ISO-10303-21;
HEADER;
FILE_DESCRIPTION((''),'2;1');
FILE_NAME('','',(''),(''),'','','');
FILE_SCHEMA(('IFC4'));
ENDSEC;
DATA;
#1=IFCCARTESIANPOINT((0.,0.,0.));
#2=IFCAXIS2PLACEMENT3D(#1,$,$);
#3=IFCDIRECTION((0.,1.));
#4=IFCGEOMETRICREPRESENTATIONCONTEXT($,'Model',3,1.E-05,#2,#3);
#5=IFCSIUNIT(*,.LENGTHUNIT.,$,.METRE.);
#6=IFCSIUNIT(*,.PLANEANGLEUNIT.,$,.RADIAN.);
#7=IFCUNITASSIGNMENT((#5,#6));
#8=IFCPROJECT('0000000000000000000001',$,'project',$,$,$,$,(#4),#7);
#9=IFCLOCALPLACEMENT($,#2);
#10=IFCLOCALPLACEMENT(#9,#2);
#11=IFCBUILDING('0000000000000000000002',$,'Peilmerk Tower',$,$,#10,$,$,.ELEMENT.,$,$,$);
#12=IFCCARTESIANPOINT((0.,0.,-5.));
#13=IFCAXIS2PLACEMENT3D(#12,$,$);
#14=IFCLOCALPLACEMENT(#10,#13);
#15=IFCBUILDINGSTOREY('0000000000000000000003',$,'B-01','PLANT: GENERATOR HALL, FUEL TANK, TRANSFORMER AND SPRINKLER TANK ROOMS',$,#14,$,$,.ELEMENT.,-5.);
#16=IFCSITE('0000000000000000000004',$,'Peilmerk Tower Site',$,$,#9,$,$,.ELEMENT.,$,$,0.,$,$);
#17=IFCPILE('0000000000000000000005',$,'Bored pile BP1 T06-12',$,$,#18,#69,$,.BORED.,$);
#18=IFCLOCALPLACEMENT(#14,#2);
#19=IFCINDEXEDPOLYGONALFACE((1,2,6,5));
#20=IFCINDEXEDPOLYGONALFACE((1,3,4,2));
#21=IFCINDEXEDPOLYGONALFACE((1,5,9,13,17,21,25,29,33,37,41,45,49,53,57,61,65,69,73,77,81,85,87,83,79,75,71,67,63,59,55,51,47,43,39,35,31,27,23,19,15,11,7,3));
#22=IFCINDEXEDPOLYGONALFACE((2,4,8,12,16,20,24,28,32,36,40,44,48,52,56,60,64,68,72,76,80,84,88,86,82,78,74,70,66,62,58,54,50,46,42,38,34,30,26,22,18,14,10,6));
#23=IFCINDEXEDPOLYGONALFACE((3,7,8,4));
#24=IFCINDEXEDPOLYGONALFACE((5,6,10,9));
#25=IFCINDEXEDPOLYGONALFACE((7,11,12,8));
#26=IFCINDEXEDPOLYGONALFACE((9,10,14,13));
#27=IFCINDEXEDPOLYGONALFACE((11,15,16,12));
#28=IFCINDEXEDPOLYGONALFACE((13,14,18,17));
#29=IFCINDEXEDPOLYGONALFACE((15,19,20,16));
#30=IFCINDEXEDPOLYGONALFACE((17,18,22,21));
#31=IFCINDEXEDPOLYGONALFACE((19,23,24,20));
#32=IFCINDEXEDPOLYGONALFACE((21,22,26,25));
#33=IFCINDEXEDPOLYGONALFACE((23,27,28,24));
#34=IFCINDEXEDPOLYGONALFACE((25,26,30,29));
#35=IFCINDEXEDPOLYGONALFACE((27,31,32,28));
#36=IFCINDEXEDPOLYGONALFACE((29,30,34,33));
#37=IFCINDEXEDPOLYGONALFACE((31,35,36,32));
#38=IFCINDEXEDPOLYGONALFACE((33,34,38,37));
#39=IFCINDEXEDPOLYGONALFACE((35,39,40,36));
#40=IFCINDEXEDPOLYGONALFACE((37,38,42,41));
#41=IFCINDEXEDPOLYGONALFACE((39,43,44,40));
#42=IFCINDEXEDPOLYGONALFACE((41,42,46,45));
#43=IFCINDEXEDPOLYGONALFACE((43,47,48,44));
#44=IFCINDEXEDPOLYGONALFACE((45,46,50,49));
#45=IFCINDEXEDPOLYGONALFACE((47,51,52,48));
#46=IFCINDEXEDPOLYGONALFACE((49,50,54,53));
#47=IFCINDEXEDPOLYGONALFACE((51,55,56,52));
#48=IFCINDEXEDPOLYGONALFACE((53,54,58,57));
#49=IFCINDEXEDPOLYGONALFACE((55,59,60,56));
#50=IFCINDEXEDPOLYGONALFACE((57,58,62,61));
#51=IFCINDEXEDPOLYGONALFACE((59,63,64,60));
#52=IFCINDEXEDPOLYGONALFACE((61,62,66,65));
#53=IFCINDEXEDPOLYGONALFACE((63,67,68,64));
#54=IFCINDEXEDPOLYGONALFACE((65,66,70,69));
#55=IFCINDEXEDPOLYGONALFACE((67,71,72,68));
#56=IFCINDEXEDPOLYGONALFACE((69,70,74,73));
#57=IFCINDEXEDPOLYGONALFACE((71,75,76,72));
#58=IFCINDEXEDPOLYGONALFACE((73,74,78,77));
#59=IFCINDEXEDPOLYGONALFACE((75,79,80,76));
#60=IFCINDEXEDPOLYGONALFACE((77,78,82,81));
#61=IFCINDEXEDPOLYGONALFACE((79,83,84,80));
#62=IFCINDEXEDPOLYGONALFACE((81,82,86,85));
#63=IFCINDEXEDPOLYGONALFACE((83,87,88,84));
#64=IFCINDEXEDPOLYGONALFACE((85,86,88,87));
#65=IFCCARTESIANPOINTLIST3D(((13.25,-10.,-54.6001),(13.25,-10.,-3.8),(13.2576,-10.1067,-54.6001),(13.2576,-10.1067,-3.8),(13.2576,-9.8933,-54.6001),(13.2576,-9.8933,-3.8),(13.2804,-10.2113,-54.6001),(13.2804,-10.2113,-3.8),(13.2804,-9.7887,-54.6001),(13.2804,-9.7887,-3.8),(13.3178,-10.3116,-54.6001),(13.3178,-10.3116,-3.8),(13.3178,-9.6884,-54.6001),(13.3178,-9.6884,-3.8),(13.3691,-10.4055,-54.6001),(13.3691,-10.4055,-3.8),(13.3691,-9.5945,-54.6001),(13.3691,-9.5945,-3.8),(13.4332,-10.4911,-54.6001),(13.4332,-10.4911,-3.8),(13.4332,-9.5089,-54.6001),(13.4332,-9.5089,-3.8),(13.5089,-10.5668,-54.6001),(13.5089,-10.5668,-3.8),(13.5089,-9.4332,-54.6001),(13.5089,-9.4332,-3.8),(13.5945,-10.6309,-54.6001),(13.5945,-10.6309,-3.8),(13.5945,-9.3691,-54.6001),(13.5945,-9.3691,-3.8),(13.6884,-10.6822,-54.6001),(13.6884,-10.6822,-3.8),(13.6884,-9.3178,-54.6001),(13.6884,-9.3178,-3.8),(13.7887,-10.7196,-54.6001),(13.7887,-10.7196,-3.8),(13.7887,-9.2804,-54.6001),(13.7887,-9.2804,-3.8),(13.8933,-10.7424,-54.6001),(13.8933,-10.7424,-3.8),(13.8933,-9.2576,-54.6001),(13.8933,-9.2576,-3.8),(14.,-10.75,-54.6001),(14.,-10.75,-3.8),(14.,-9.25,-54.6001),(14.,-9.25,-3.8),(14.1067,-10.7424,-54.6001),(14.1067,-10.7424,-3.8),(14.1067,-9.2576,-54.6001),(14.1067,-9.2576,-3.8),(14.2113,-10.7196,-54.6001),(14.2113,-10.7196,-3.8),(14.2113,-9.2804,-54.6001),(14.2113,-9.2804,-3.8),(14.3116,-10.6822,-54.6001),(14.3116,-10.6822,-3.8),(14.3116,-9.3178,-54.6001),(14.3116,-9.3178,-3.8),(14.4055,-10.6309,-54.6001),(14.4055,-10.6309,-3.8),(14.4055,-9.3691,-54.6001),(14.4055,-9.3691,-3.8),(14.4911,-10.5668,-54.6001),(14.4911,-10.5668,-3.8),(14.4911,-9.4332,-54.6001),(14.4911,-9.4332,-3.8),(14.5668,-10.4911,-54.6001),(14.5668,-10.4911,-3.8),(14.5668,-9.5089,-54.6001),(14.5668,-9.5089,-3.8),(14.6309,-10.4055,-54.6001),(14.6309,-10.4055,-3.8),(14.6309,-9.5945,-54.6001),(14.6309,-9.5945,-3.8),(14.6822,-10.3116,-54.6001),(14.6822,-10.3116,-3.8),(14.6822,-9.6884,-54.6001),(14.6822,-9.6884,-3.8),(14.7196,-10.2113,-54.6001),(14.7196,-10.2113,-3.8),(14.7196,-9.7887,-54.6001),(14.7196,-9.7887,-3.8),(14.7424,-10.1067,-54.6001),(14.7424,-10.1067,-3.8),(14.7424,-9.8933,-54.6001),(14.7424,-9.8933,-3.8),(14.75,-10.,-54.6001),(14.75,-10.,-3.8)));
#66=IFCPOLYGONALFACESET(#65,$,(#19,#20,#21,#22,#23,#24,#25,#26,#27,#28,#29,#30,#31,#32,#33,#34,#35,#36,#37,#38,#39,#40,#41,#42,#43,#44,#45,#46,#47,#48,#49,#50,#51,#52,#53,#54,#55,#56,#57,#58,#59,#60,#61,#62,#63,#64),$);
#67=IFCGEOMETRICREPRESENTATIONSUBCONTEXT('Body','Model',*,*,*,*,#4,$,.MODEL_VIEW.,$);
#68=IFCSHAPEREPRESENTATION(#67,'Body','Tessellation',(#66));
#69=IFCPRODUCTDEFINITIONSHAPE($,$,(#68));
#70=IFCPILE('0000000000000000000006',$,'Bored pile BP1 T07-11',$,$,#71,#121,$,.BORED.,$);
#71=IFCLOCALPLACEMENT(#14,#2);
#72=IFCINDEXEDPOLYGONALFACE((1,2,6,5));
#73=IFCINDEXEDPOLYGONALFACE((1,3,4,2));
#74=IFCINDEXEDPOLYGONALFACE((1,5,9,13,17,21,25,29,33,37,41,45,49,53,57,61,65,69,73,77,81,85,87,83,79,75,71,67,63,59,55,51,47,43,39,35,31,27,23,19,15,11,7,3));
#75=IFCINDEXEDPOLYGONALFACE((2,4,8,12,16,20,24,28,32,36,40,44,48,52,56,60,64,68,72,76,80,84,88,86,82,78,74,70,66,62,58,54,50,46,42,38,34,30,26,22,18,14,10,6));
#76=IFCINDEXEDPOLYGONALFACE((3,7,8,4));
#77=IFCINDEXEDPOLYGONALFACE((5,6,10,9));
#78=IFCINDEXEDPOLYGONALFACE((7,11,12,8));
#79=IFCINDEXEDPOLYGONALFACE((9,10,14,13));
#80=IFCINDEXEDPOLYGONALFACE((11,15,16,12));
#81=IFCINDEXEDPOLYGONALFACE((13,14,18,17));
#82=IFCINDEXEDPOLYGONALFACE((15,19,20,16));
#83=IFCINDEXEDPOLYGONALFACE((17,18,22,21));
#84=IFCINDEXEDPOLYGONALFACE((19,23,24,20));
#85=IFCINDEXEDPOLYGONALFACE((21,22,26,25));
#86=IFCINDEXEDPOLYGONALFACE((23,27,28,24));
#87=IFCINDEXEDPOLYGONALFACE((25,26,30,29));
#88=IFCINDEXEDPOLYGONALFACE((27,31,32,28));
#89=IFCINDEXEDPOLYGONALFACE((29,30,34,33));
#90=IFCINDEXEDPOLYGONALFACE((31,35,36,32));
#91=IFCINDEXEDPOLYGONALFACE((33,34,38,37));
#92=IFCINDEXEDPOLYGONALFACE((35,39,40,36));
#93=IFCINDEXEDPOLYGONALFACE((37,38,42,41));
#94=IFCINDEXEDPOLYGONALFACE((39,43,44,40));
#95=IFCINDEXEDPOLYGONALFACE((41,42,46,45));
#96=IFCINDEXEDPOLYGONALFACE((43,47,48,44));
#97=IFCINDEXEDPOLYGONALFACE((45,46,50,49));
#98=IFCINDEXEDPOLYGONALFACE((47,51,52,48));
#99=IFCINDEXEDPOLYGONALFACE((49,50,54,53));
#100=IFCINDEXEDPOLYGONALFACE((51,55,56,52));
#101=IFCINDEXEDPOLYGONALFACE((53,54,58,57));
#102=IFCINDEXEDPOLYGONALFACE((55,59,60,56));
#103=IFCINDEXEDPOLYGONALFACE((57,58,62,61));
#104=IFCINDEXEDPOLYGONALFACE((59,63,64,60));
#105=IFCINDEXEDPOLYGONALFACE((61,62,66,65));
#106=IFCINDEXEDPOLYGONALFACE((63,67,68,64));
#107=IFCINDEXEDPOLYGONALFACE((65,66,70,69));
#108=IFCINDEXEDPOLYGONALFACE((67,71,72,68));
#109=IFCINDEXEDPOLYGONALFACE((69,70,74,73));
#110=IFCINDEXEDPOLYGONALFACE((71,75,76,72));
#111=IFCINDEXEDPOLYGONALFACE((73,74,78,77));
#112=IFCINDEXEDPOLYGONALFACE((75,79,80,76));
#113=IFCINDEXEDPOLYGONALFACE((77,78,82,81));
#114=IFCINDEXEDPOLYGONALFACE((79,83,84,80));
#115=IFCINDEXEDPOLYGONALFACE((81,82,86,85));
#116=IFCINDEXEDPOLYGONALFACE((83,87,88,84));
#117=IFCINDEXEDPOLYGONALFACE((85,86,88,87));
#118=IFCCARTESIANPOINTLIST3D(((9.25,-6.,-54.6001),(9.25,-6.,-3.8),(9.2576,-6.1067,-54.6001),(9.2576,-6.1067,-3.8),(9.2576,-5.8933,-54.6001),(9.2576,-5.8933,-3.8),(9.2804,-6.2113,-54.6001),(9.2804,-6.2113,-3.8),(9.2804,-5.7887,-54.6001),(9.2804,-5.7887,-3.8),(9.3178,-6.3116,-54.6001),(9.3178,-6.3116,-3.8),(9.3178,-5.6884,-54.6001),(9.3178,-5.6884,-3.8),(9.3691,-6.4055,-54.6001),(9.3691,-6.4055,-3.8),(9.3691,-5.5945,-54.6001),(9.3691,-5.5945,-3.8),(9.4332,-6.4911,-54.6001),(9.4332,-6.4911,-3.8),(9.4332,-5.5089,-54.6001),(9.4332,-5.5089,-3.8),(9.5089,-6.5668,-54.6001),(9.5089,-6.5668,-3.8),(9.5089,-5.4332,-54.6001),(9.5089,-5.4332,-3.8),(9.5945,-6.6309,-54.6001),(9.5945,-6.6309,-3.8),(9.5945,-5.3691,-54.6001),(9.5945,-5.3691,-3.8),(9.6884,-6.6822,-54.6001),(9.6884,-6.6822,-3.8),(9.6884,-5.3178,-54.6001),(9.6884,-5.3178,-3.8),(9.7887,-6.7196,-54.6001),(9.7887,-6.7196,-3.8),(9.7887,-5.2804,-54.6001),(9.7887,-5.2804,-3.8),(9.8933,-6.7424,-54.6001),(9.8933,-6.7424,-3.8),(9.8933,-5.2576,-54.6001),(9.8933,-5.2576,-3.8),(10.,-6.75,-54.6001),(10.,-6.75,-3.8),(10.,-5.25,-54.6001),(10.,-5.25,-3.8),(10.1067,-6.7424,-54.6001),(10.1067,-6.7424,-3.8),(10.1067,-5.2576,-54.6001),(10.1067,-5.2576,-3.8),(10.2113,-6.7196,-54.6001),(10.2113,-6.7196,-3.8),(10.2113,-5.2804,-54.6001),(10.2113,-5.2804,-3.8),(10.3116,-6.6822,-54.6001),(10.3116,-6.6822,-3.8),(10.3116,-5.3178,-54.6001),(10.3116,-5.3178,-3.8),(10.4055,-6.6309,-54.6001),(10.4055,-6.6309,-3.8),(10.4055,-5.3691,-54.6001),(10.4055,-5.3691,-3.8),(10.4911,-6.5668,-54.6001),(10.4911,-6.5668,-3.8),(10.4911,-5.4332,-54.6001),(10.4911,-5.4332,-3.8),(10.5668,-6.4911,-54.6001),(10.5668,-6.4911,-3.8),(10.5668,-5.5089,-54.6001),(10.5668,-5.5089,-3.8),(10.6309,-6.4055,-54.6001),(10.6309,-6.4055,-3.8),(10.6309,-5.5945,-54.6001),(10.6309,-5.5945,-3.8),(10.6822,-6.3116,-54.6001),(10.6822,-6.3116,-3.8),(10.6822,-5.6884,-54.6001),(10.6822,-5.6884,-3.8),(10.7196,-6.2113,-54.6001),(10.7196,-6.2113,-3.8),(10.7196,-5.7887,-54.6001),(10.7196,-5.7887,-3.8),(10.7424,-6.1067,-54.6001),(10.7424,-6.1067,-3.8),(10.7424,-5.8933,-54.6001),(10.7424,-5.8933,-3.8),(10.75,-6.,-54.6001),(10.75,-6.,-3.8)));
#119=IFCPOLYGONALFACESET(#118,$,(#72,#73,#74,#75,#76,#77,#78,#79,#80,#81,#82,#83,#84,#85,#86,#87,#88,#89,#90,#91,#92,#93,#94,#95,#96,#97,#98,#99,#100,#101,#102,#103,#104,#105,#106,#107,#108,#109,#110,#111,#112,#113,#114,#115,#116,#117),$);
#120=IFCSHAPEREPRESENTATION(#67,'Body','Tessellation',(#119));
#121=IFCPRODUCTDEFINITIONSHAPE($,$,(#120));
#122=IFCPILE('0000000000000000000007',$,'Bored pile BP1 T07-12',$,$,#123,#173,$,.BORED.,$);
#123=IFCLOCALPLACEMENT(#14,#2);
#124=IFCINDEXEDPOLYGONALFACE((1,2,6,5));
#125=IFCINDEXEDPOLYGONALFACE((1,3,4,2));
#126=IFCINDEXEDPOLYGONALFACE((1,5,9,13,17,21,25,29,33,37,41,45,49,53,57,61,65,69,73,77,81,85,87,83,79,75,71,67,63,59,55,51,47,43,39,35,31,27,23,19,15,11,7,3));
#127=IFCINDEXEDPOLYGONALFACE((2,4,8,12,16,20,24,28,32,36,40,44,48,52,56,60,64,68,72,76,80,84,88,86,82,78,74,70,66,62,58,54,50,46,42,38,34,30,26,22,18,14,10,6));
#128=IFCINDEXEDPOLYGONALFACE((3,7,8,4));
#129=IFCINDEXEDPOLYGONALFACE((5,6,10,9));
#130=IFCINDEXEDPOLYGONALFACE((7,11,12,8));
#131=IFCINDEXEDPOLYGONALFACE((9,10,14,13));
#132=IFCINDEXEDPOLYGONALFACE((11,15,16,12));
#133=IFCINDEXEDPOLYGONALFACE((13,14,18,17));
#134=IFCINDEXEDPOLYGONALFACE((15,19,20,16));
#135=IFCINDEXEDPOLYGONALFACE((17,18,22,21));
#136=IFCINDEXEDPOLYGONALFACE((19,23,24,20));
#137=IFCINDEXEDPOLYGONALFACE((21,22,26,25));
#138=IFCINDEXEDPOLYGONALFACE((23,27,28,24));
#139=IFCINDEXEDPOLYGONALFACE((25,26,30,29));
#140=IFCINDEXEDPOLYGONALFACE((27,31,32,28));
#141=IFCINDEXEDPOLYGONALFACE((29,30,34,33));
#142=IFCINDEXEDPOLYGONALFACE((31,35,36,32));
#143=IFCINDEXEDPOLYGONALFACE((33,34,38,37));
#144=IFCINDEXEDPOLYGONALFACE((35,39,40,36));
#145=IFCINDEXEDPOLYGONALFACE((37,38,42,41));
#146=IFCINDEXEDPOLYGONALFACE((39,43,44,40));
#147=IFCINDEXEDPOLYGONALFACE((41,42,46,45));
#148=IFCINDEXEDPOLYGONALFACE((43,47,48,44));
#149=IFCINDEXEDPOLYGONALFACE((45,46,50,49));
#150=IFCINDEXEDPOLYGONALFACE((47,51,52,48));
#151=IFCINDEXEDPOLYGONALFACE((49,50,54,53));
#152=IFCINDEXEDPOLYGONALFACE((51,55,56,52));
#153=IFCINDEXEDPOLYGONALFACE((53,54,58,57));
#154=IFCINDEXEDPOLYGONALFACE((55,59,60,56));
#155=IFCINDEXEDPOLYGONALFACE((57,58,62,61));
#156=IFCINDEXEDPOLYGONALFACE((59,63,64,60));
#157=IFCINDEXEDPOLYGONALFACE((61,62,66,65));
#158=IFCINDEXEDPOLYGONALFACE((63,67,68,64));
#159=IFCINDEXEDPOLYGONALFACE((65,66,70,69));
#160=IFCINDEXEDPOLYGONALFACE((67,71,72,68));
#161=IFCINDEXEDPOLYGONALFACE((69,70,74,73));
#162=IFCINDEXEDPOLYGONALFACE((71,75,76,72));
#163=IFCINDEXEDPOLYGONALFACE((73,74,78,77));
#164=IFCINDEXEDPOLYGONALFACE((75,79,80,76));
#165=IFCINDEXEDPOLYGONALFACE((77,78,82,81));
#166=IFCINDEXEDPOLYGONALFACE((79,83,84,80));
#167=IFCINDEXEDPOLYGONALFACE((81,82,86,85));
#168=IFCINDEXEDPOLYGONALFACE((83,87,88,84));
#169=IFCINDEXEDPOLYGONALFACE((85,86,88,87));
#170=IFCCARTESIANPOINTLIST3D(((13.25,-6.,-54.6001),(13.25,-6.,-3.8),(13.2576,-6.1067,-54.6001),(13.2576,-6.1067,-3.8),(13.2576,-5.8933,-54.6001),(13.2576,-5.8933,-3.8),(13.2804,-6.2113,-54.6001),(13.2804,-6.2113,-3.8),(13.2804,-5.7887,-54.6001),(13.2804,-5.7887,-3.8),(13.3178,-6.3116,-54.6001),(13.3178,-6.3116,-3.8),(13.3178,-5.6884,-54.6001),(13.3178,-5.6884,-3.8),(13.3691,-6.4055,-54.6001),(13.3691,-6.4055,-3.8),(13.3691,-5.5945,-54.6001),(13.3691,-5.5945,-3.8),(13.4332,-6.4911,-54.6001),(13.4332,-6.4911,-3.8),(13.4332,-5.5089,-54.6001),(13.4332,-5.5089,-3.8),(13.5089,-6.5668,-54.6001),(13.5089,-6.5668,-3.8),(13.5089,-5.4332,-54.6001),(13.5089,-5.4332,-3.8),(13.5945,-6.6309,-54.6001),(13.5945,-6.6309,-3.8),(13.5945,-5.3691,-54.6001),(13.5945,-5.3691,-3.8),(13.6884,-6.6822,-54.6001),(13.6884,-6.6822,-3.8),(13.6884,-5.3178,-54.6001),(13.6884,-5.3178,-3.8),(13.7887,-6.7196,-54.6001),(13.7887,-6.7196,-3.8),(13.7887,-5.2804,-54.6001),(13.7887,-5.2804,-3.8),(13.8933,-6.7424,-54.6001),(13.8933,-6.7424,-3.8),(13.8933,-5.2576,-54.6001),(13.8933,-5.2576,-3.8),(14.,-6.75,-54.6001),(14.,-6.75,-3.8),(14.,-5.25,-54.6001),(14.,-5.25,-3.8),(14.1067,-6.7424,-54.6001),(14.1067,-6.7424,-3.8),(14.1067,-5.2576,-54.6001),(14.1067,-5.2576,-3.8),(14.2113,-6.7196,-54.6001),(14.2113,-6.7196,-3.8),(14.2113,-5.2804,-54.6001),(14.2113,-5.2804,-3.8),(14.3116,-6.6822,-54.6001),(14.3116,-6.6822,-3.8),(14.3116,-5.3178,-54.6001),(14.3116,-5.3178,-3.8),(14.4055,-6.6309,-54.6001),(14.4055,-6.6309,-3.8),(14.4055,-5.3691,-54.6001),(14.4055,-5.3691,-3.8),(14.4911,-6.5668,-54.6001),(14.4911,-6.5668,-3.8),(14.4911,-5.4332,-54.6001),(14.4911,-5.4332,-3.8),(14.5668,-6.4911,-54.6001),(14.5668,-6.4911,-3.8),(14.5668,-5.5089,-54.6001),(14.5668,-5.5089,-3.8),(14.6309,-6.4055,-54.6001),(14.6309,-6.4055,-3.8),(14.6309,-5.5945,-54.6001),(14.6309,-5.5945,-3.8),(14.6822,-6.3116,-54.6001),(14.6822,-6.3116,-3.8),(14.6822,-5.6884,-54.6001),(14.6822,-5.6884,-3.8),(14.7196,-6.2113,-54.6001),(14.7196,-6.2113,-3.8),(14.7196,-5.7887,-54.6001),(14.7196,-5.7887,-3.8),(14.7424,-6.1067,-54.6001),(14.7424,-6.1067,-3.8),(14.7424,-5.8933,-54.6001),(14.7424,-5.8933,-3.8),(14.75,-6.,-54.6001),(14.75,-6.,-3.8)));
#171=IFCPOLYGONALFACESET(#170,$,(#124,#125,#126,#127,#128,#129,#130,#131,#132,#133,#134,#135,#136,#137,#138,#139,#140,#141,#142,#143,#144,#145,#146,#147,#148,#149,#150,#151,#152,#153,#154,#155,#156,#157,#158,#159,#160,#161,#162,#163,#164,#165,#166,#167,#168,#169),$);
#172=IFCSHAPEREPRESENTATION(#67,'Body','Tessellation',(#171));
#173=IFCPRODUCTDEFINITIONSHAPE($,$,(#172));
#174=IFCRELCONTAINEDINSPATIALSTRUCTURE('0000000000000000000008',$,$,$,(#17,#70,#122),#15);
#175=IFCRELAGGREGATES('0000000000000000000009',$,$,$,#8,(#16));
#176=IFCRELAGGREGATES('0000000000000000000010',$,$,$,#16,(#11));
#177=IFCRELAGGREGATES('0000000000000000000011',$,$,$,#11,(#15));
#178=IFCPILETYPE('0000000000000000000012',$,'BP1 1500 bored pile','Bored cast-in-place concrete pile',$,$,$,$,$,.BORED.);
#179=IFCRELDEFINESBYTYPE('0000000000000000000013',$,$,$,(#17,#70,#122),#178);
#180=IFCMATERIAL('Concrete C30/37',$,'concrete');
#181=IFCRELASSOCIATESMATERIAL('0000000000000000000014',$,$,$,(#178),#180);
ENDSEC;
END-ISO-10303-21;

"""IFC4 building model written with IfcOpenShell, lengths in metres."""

from ifc_helpers import new_model, si_unit, direction, frame, origin, origin_2d, place, context, subcontext, project, spatial, circle, extrude, material, material_profile, profile_set, type_object, element, save


model = new_model("IFC4")

# Units and contexts
model_context = context("Model", 3, precision=1e-05, world=origin(), true_north=direction((0.0, 1.0)))
body_context = subcontext(model_context, "Body", "Model", "MODEL_VIEW")
ifc_project = project(units=[si_unit("LENGTHUNIT", "METRE"), si_unit("PLANEANGLEUNIT", "RADIAN")], contexts=[model_context])

# Site, building, storey
site_placement = place(None, origin())
site = spatial("IfcSite", under=ifc_project, at=site_placement, Name="Peilmerk Tower Site", CompositionType="ELEMENT", RefElevation=0.0)
building_placement = place(site_placement, origin())
building = spatial("IfcBuilding", under=site, at=building_placement, Name="Peilmerk Tower", CompositionType="ELEMENT")
storey_placement = place(building_placement, frame((0.0, 0.0, -5.0)))
storey = spatial("IfcBuildingStorey", under=building, at=storey_placement, Name="B-01", Description="PLANT: GENERATOR HALL, FUEL TANK, TRANSFORMER AND SPRINKLER TANK ROOMS", CompositionType="ELEMENT", Elevation=-5.0)

# Piles
ifc_material_1 = material(Name="Concrete C30/37", Category="concrete")
ifc_material_profile = material_profile(ifc_material_1, circle(Radius=0.75, at=origin_2d()), Name="BP 1500")
ifc_profile_set = profile_set([ifc_material_profile], Name="Concrete C30/37")
pile_type = type_object("IfcPileType", Name="BP1 1500 bored pile", Description="Bored cast-in-place concrete pile", PredefinedType="BORED", material=ifc_profile_set)
for number, where, z_axis, x_axis, name in (
    (1, (14.0, -10.0, -3.8), (0.0, 0.0, -1.0), (1.0, 0.0, 0.0), "Bored pile BP1 T06-12"),
    (2, (10.0, -6.0, -3.8), (0.0, 0.0, -1.0), (1.0, 0.0, 0.0), "Bored pile BP1 T07-11"),
    (3, (14.0, -6.0, -3.8), (0.0, 0.0, -1.0), (1.0, 0.0, 0.0), "Bored pile BP1 T07-12"),
):
    element("IfcPile", number, at=place(storey_placement, frame(where, z_axis=z_axis, x_axis=x_axis)), inside=storey, type_object=pile_type, Name=name, PredefinedType="BORED", context=body_context, shape_type="SweptSolid", body=[
        extrude(circle(Radius=0.75, at=origin_2d()), origin(), (0.0, 0.0, 1.0), 50.8),
    ])

save(model, "model.ifc")
